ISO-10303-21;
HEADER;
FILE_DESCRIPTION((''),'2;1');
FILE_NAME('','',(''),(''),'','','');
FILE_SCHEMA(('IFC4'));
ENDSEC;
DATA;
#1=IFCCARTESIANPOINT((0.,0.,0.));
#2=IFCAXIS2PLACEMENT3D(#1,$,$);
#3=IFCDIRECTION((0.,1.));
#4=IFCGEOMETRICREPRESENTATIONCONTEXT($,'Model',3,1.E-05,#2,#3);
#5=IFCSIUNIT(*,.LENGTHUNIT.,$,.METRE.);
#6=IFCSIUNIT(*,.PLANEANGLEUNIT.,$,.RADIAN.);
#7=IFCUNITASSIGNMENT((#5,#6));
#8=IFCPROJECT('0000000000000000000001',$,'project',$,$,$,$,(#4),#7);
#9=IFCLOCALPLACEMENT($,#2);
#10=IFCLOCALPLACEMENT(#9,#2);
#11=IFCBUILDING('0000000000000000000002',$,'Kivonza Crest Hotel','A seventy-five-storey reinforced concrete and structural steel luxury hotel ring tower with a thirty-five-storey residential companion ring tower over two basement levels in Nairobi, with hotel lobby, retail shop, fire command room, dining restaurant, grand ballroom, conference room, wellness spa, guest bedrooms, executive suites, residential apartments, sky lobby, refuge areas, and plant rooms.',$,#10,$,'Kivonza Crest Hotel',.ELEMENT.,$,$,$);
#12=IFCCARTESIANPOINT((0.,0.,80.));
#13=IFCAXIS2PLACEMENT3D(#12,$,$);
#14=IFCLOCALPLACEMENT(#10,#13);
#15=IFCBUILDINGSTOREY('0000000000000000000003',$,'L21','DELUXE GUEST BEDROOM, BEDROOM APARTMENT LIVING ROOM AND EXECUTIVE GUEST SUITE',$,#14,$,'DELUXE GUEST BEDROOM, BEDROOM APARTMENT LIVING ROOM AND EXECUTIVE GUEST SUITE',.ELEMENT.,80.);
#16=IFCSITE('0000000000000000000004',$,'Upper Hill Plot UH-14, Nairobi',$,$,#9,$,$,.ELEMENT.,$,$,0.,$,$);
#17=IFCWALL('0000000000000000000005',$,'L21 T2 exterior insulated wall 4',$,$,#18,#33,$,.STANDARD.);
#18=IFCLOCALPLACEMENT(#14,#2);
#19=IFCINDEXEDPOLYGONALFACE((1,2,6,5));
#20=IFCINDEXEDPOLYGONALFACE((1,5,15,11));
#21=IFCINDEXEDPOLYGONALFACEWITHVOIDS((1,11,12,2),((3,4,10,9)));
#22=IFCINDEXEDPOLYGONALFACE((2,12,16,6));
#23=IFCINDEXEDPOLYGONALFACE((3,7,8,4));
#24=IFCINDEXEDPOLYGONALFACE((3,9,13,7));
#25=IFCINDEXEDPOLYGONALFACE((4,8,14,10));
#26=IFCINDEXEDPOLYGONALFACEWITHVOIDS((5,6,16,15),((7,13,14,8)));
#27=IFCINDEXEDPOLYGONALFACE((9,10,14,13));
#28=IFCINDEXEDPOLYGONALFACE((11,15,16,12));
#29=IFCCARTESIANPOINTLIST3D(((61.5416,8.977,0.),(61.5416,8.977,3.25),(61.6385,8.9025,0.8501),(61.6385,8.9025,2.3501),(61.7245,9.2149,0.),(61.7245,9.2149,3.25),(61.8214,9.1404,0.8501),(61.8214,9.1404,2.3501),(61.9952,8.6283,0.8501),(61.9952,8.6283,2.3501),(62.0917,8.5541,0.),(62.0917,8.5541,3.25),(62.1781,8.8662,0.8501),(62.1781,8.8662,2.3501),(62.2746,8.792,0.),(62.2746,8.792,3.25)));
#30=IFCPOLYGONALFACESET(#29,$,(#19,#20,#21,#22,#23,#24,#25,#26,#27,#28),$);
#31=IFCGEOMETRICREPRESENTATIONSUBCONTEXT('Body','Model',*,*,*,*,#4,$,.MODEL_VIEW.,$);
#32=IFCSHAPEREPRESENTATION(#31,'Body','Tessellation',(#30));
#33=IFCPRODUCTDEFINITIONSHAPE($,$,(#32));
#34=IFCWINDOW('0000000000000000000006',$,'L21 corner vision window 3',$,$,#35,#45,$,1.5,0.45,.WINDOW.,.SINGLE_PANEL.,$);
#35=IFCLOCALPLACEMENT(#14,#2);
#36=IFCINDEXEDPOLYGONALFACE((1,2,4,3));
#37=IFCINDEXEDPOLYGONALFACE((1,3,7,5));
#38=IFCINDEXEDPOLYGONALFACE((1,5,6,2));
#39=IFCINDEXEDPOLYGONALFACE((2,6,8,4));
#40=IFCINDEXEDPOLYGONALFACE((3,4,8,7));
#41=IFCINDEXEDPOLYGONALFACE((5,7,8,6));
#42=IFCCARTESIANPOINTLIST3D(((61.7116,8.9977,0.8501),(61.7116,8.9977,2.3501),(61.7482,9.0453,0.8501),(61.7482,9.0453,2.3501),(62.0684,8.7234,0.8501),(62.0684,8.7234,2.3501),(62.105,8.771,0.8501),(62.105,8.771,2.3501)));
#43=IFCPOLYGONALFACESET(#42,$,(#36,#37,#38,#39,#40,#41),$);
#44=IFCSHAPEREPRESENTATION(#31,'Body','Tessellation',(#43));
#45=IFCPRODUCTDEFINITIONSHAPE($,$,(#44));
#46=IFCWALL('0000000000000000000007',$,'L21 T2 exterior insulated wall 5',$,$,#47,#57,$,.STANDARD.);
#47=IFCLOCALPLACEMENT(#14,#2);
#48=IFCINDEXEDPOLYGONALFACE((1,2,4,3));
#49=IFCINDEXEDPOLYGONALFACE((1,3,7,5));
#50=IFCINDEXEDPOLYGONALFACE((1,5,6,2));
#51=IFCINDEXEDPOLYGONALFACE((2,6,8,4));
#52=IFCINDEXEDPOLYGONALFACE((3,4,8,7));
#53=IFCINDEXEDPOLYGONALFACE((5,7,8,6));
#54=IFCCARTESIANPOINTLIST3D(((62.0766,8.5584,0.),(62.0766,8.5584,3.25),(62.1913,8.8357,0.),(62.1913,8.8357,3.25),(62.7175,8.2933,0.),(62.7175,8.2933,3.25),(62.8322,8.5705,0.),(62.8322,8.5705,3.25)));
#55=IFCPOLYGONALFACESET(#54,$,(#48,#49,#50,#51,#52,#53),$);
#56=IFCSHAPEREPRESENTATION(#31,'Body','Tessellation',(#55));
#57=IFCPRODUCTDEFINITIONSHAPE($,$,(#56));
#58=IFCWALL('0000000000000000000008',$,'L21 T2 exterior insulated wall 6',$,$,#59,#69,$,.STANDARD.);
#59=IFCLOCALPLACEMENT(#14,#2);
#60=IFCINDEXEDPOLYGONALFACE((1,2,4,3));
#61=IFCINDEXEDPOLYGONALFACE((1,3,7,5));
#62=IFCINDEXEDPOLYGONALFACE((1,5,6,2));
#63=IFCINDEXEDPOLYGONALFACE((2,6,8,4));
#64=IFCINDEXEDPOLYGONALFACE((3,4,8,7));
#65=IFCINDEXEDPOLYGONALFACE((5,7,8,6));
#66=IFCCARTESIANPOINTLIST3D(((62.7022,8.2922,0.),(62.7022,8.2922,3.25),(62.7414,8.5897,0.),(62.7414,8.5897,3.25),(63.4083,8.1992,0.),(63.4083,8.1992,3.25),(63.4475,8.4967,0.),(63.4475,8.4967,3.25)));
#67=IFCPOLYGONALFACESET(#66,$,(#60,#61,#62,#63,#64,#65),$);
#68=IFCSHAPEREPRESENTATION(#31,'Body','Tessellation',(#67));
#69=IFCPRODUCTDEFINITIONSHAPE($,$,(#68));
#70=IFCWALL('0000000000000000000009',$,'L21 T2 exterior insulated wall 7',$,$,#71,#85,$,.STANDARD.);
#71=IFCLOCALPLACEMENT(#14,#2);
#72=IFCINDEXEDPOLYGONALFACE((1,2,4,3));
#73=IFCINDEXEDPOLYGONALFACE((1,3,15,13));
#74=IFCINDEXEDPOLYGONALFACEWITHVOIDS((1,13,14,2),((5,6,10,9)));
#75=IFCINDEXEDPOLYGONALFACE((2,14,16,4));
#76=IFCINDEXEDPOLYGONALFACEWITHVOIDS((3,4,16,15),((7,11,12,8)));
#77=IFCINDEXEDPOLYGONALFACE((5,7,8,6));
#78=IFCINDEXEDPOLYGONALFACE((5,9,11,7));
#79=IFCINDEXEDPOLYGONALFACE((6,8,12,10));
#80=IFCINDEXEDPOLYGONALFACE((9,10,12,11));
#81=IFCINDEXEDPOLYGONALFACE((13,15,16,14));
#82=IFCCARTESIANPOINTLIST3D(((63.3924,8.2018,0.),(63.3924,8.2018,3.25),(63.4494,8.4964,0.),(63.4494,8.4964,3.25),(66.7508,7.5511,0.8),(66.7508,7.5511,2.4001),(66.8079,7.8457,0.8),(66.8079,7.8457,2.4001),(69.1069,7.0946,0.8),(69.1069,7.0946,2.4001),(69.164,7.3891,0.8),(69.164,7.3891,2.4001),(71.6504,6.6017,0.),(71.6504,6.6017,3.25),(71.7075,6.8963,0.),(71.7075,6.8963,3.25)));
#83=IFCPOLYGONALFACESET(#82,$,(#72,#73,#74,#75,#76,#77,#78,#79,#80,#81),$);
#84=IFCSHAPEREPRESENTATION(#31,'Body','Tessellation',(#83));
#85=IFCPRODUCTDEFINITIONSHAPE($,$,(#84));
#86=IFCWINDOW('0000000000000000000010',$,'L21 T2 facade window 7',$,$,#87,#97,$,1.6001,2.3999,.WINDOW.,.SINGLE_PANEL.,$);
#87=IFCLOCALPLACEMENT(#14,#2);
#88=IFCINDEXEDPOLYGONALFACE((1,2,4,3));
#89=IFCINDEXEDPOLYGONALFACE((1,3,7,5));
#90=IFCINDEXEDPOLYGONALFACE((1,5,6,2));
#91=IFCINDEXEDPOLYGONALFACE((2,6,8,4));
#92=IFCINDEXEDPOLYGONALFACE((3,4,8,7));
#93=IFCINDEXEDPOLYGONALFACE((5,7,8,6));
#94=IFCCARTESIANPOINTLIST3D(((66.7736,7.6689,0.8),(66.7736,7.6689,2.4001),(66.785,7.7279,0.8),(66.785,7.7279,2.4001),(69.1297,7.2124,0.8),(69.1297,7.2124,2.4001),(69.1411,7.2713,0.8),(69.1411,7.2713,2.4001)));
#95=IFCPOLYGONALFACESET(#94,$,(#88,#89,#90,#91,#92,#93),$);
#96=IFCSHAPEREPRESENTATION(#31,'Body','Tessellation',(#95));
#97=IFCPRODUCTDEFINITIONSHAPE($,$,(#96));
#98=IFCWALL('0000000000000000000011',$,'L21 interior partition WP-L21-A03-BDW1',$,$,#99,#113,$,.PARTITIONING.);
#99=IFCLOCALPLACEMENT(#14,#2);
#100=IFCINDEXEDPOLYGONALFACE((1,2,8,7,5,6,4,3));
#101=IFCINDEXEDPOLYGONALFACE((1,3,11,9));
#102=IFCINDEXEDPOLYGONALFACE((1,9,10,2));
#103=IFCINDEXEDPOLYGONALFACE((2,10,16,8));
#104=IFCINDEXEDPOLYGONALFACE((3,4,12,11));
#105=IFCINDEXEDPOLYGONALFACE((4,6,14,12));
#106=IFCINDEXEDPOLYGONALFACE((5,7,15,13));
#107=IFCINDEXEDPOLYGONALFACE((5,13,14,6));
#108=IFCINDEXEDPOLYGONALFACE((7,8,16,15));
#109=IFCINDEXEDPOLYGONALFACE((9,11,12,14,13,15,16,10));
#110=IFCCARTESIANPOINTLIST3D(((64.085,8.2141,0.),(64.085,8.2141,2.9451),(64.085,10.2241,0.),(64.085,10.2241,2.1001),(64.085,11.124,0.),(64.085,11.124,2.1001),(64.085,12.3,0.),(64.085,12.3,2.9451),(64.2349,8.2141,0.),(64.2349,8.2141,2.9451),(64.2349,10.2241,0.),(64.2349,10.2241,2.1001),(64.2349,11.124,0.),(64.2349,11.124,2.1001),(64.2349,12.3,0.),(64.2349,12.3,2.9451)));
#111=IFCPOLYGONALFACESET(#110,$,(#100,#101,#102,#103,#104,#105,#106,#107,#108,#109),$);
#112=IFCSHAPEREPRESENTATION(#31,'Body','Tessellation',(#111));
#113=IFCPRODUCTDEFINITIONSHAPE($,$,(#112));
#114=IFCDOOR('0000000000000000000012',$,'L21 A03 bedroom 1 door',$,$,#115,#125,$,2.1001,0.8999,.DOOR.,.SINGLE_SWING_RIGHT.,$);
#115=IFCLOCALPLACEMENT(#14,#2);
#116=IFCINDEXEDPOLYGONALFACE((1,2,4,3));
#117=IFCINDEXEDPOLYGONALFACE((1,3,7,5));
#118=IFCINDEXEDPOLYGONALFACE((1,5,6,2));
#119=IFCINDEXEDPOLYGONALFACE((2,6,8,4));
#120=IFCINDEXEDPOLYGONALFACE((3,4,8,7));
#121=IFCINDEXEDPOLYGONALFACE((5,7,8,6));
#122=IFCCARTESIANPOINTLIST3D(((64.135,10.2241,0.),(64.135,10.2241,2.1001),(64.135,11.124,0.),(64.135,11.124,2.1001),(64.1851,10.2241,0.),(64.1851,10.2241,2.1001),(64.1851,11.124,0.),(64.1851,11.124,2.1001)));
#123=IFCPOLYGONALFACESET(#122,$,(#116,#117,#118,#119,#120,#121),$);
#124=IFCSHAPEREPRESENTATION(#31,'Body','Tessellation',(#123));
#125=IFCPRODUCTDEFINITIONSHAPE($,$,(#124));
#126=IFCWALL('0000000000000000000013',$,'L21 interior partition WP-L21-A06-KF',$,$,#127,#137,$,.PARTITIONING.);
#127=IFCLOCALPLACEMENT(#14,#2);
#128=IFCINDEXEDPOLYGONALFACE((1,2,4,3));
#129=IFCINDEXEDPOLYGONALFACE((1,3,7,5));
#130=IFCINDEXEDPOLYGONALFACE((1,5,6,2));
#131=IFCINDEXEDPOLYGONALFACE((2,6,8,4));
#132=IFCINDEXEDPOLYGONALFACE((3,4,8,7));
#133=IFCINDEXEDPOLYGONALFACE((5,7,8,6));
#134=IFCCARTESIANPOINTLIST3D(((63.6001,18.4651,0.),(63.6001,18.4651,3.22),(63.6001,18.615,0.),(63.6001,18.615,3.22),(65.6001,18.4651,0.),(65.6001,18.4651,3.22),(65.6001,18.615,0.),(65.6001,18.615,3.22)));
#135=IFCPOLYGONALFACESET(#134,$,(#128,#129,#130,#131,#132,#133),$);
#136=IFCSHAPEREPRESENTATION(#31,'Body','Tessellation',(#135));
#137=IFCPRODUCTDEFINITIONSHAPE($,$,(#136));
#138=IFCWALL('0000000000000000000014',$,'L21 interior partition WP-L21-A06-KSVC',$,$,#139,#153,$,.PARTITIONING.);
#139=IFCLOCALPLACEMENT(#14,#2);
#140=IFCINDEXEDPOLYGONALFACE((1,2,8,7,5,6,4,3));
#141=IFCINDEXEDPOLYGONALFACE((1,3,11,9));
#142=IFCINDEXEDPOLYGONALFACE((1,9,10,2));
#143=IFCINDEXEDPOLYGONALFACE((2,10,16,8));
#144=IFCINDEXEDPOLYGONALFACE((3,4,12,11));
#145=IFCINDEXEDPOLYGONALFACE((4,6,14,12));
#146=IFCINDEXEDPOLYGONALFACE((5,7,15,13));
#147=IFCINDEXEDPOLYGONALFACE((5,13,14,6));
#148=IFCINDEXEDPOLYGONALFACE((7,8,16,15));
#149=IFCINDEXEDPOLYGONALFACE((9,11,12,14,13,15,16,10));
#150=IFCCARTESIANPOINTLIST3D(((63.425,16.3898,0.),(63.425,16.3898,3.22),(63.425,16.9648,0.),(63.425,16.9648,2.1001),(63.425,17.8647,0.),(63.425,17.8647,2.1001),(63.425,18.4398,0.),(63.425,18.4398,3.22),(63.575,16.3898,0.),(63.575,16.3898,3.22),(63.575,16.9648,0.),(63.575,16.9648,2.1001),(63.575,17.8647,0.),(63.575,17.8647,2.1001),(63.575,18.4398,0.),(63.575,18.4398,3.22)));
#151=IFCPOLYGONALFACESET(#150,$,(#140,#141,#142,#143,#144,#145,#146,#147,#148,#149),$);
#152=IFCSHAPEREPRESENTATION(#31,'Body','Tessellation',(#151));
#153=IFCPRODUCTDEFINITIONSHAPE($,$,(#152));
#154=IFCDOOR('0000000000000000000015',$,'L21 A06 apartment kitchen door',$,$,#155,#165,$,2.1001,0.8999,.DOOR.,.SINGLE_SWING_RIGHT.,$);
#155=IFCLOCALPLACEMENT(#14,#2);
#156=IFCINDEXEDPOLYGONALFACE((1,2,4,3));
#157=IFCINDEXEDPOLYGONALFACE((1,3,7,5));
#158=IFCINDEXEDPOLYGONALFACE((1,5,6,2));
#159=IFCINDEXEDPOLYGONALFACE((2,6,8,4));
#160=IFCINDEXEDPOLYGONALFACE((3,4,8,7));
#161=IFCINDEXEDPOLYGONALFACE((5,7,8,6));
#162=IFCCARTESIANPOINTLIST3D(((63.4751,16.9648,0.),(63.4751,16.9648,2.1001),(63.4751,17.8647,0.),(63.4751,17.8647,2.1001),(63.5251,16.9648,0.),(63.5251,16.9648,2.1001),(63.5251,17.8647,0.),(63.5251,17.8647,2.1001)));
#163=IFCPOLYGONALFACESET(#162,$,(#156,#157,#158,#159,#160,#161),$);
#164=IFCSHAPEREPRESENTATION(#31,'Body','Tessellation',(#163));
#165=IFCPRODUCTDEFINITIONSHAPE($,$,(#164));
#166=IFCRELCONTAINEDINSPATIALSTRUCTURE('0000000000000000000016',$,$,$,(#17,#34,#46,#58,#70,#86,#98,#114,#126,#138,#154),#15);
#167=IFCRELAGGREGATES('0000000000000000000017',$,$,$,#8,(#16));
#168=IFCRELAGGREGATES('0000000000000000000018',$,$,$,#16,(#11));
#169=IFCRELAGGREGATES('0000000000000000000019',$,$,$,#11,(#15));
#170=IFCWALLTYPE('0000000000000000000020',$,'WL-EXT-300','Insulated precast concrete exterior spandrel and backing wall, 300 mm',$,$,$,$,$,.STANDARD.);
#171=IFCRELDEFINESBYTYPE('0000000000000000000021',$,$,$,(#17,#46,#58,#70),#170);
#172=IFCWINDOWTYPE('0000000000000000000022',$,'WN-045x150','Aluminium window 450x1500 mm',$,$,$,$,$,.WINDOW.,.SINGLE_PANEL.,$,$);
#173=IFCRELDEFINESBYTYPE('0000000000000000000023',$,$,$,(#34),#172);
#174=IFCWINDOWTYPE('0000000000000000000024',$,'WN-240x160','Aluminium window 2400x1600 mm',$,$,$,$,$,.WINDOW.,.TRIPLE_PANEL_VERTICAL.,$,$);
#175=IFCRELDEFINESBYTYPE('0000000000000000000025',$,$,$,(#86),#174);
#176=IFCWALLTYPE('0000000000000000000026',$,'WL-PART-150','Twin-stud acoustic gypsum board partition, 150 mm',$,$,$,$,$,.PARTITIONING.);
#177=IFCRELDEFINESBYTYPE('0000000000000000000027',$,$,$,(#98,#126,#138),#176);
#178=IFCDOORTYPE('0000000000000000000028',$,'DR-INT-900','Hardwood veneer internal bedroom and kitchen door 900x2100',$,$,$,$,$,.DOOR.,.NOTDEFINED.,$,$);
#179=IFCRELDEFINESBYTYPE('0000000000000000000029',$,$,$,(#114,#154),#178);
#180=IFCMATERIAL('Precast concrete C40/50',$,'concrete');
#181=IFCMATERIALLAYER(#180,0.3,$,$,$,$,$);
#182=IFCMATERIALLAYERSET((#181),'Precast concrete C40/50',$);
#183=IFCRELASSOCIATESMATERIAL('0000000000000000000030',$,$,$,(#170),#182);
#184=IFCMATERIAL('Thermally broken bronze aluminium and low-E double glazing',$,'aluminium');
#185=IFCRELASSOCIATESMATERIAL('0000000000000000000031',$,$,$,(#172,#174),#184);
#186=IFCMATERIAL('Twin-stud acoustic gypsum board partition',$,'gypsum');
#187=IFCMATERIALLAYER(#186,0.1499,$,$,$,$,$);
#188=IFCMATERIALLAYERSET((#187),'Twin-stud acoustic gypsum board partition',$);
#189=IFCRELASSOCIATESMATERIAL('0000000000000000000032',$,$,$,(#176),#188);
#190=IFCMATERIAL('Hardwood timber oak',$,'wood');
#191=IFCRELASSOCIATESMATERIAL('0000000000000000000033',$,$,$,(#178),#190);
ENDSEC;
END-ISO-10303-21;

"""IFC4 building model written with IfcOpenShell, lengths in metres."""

from ifc_helpers import new_model, si_unit, direction, frame, frame_2d, origin, place, context, subcontext, project, spatial, rectangle, extrude, material, layer, layer_set, type_object, element, fill, save


model = new_model("IFC4")

# Units and contexts
model_context = context("Model", 3, precision=1e-05, world=origin(), true_north=direction((0.0, 1.0)))
body_context = subcontext(model_context, "Body", "Model", "MODEL_VIEW")
ifc_project = project(units=[si_unit("LENGTHUNIT", "METRE"), si_unit("PLANEANGLEUNIT", "RADIAN")], contexts=[model_context])

# Site, building, storey
site_placement = place(None, origin())
site = spatial("IfcSite", under=ifc_project, at=site_placement, Name="Upper Hill Plot UH-14, Nairobi", CompositionType="ELEMENT", RefElevation=0.0)
building_placement = place(site_placement, origin())
building = spatial("IfcBuilding", under=site, at=building_placement, Name="Kivonza Crest Hotel", Description="A seventy-five-storey reinforced concrete and structural steel luxury hotel ring tower with a thirty-five-storey residential companion ring tower over two basement levels in Nairobi, with hotel lobby, retail shop, fire command room, dining restaurant, grand ballroom, conference room, wellness spa, guest bedrooms, executive suites, residential apartments, sky lobby, refuge areas, and plant rooms.", LongName="Kivonza Crest Hotel", CompositionType="ELEMENT")
storey_placement = place(building_placement, frame((0.0, 0.0, 80.0)))
storey = spatial("IfcBuildingStorey", under=building, at=storey_placement, Name="L21", Description="DELUXE GUEST BEDROOM, BEDROOM APARTMENT LIVING ROOM AND EXECUTIVE GUEST SUITE", LongName="DELUXE GUEST BEDROOM, BEDROOM APARTMENT LIVING ROOM AND EXECUTIVE GUEST SUITE", CompositionType="ELEMENT", Elevation=80.0)

# Shared definitions
ifc_material_1 = material(Name="Hardwood timber oak", Category="wood")

# Wall, opening, window
ifc_material_2 = material(Name="Precast concrete C40/50", Category="concrete")
ifc_layer_1 = layer(ifc_material_2, 0.3)
ifc_layer_set_1 = layer_set([ifc_layer_1], Name="Precast concrete C40/50")
wall_type_1 = type_object("IfcWallType", Name="WL-EXT-300", Description="Insulated precast concrete exterior spandrel and backing wall, 300 mm", PredefinedType="STANDARD", material=ifc_layer_set_1)
wall_1_placement = place(storey_placement, frame((61.6331, 9.0959, 0.0), z_axis=(0.0, 0.0, 1.0), x_axis=(0.792807, -0.609473, 0.0)))
wall_1 = element("IfcWall", 1, at=wall_1_placement, inside=storey, type_object=wall_type_1, Name="L21 T2 exterior insulated wall 4", PredefinedType="STANDARD", context=body_context, shape_type="SweptSolid", body=[
    extrude(rectangle(XDim=0.6938, YDim=0.3, at=frame_2d((0.3469, 0.0))), origin(), (0.0, 0.0, 1.0), 3.25),
])
opening_1_placement = place(wall_1_placement, frame((0.1221, 0.0, 0.8501)))
opening_1 = element("IfcOpeningElement", 2, at=opening_1_placement, cuts=wall_1, PredefinedType="OPENING", context=body_context, shape_type="SweptSolid", body=[
    extrude(rectangle(XDim=0.45, YDim=1.5, at=frame_2d((0.2251, 0.75))), frame((0.0, 0.1602, 0.0), z_axis=(0.0, -1.0, 0.0), x_axis=(1.0, 0.0, 0.0)), (0.0, 0.0, 1.0), 0.3201),
])
ifc_material_3 = material(Name="Thermally broken bronze aluminium and low-E double glazing", Category="aluminium")
window_type_1 = type_object("IfcWindowType", Name="WN-045x150", Description="Aluminium window 450x1500 mm", PartitioningType="SINGLE_PANEL", PredefinedType="WINDOW", material=ifc_material_3)
window_1_placement = place(opening_1_placement, origin())
window_1 = element("IfcWindow", 3, at=window_1_placement, inside=storey, type_object=window_type_1, Name="L21 corner vision window 3", OverallHeight=1.5, OverallWidth=0.45, PartitioningType="SINGLE_PANEL", PredefinedType="WINDOW", context=body_context, shape_type="SweptSolid", body=[
    extrude(rectangle(XDim=0.45, YDim=1.5, at=frame_2d((0.2251, 0.75))), frame((0.0, 0.03, 0.0), z_axis=(0.0, -1.0, 0.0), x_axis=(1.0, 0.0, 0.0)), (0.0, 0.0, 1.0), 0.0601),
])
fill(opening_1, window_1)

# Walls
wall_2_placement = place(storey_placement, frame((62.134, 8.697, 0.0), z_axis=(0.0, 0.0, 1.0), x_axis=(0.924043, -0.38229, 0.0)))
element("IfcWall", 4, at=wall_2_placement, inside=storey, type_object=wall_type_1, Name="L21 T2 exterior insulated wall 5", PredefinedType="STANDARD", context=body_context, shape_type="SweptSolid", body=[
    extrude(rectangle(XDim=0.6936, YDim=0.3, at=frame_2d((0.3467, 0.0))), origin(), (0.0, 0.0, 1.0), 3.25),
])
wall_3_placement = place(storey_placement, frame((62.7219, 8.4409, 0.0), z_axis=(0.0, 0.0, 1.0), x_axis=(0.991433, -0.130614, 0.0)))
element("IfcWall", 5, at=wall_3_placement, inside=storey, type_object=wall_type_1, Name="L21 T2 exterior insulated wall 6", PredefinedType="STANDARD", context=body_context, shape_type="SweptSolid", body=[
    extrude(rectangle(XDim=0.7122, YDim=0.3, at=frame_2d((0.356, 0.0))), origin(), (0.0, 0.0, 1.0), 3.25),
])

# Wall, opening, window
wall_4_placement = place(storey_placement, frame((63.4209, 8.3491, 0.0), z_axis=(0.0, 0.0, 1.0), x_axis=(0.981741, -0.190224, 0.0)))
wall_4 = element("IfcWall", 6, at=wall_4_placement, inside=storey, type_object=wall_type_1, Name="L21 T2 exterior insulated wall 7", PredefinedType="STANDARD", context=body_context, shape_type="SweptSolid", body=[
    extrude(rectangle(XDim=8.4116, YDim=0.3, at=frame_2d((4.2058, 0.0))), origin(), (0.0, 0.0, 1.0), 3.25),
])
opening_2_placement = place(wall_4_placement, frame((3.4209, 0.0, 0.8)))
opening_2 = element("IfcOpeningElement", 7, at=opening_2_placement, cuts=wall_4, PredefinedType="OPENING", context=body_context, shape_type="SweptSolid", body=[
    extrude(rectangle(XDim=2.3999, YDim=1.6001, at=frame_2d((1.2, 0.8))), frame((0.0, 0.1602, 0.0), z_axis=(0.0, -1.0, 0.0), x_axis=(1.0, 0.0, 0.0)), (0.0, 0.0, 1.0), 0.3201),
])
window_type_2 = type_object("IfcWindowType", Name="WN-240x160", Description="Aluminium window 2400x1600 mm", PartitioningType="TRIPLE_PANEL_VERTICAL", PredefinedType="WINDOW", material=ifc_material_3)
window_2_placement = place(opening_2_placement, origin())
window_2 = element("IfcWindow", 8, at=window_2_placement, inside=storey, type_object=window_type_2, Name="L21 T2 facade window 7", OverallHeight=1.6001, OverallWidth=2.3999, PartitioningType="SINGLE_PANEL", PredefinedType="WINDOW", context=body_context, shape_type="SweptSolid", body=[
    extrude(rectangle(XDim=2.3999, YDim=1.6001, at=frame_2d((1.2, 0.8))), frame((0.0, 0.03, 0.0), z_axis=(0.0, -1.0, 0.0), x_axis=(1.0, 0.0, 0.0)), (0.0, 0.0, 1.0), 0.0601),
])
fill(opening_2, window_2)

# Wall, opening, door
ifc_material_4 = material(Name="Twin-stud acoustic gypsum board partition", Category="gypsum")
ifc_layer_2 = layer(ifc_material_4, 0.1499)
ifc_layer_set_2 = layer_set([ifc_layer_2], Name="Twin-stud acoustic gypsum board partition")
wall_type_2 = type_object("IfcWallType", Name="WL-PART-150", Description="Twin-stud acoustic gypsum board partition, 150 mm", PredefinedType="PARTITIONING", material=ifc_layer_set_2)
wall_5_placement = place(storey_placement, frame((64.1599, 8.2141, 0.0), z_axis=(0.0, 0.0, 1.0), x_axis=(0.0, 1.0, 0.0)))
wall_5 = element("IfcWall", 9, at=wall_5_placement, inside=storey, type_object=wall_type_2, Name="L21 interior partition WP-L21-A03-BDW1", PredefinedType="PARTITIONING", context=body_context, shape_type="SweptSolid", body=[
    extrude(rectangle(XDim=4.0859, YDim=0.1499, at=frame_2d((2.043, 0.0))), origin(), (0.0, 0.0, 1.0), 2.9451),
])
opening_3_placement = place(wall_5_placement, frame((2.01, 0.0, 0.0)))
opening_3 = element("IfcOpeningElement", 10, at=opening_3_placement, cuts=wall_5, PredefinedType="OPENING", context=body_context, shape_type="SweptSolid", body=[
    extrude(rectangle(XDim=0.8999, YDim=2.1001, at=frame_2d((0.45, 1.05))), frame((0.0, 0.085, 0.0), z_axis=(0.0, -1.0, 0.0), x_axis=(1.0, 0.0, 0.0)), (0.0, 0.0, 1.0), 0.1699),
])
door_type_1 = type_object("IfcDoorType", Name="DR-INT-900", Description="Hardwood veneer internal bedroom and kitchen door 900x2100", OperationType="NOTDEFINED", PredefinedType="DOOR", material=ifc_material_1)
door_1_placement = place(opening_3_placement, origin())
door_1 = element("IfcDoor", 11, at=door_1_placement, inside=storey, type_object=door_type_1, Name="L21 A03 bedroom 1 door", OperationType="SINGLE_SWING_RIGHT", OverallHeight=2.1001, OverallWidth=0.8999, PredefinedType="DOOR", context=body_context, shape_type="SweptSolid", body=[
    extrude(rectangle(XDim=0.8999, YDim=2.1001, at=frame_2d((0.45, 1.05))), frame((0.0, 0.0249, 0.0), z_axis=(0.0, -1.0, 0.0), x_axis=(1.0, 0.0, 0.0)), (0.0, 0.0, 1.0), 0.05),
])
fill(opening_3, door_1)

# Wall
wall_6_placement = place(storey_placement, frame((63.6001, 18.54, 0.0), z_axis=(0.0, 0.0, 1.0), x_axis=(1.0, 0.0, 0.0)))
element("IfcWall", 12, at=wall_6_placement, inside=storey, type_object=wall_type_2, Name="L21 interior partition WP-L21-A06-KF", PredefinedType="PARTITIONING", context=body_context, shape_type="SweptSolid", body=[
    extrude(rectangle(XDim=2.0, YDim=0.1499, at=frame_2d((1.0, 0.0))), origin(), (0.0, 0.0, 1.0), 3.22),
])

# Wall, opening, door
wall_7_placement = place(storey_placement, frame((63.5, 16.3899, 0.0), z_axis=(0.0, 0.0, 1.0), x_axis=(0.0, 1.0, 0.0)))
wall_7 = element("IfcWall", 13, at=wall_7_placement, inside=storey, type_object=wall_type_2, Name="L21 interior partition WP-L21-A06-KSVC", PredefinedType="PARTITIONING", context=body_context, shape_type="SweptSolid", body=[
    extrude(rectangle(XDim=2.05, YDim=0.1499, at=frame_2d((1.0249, 0.0))), origin(), (0.0, 0.0, 1.0), 3.22),
])
opening_4_placement = place(wall_7_placement, frame((0.575, 0.0, 0.0)))
opening_4 = element("IfcOpeningElement", 14, at=opening_4_placement, cuts=wall_7, PredefinedType="OPENING", context=body_context, shape_type="SweptSolid", body=[
    extrude(rectangle(XDim=0.8999, YDim=2.1001, at=frame_2d((0.45, 1.05))), frame((0.0, 0.085, 0.0), z_axis=(0.0, -1.0, 0.0), x_axis=(1.0, 0.0, 0.0)), (0.0, 0.0, 1.0), 0.1699),
])
door_2_placement = place(opening_4_placement, origin())
door_2 = element("IfcDoor", 15, at=door_2_placement, inside=storey, type_object=door_type_1, Name="L21 A06 apartment kitchen door", OperationType="SINGLE_SWING_RIGHT", OverallHeight=2.1001, OverallWidth=0.8999, PredefinedType="DOOR", context=body_context, shape_type="SweptSolid", body=[
    extrude(rectangle(XDim=0.8999, YDim=2.1001, at=frame_2d((0.45, 1.05))), frame((0.0, 0.0249, 0.0), z_axis=(0.0, -1.0, 0.0), x_axis=(1.0, 0.0, 0.0)), (0.0, 0.0, 1.0), 0.05),
])
fill(opening_4, door_2)

save(model, "model.ifc")
